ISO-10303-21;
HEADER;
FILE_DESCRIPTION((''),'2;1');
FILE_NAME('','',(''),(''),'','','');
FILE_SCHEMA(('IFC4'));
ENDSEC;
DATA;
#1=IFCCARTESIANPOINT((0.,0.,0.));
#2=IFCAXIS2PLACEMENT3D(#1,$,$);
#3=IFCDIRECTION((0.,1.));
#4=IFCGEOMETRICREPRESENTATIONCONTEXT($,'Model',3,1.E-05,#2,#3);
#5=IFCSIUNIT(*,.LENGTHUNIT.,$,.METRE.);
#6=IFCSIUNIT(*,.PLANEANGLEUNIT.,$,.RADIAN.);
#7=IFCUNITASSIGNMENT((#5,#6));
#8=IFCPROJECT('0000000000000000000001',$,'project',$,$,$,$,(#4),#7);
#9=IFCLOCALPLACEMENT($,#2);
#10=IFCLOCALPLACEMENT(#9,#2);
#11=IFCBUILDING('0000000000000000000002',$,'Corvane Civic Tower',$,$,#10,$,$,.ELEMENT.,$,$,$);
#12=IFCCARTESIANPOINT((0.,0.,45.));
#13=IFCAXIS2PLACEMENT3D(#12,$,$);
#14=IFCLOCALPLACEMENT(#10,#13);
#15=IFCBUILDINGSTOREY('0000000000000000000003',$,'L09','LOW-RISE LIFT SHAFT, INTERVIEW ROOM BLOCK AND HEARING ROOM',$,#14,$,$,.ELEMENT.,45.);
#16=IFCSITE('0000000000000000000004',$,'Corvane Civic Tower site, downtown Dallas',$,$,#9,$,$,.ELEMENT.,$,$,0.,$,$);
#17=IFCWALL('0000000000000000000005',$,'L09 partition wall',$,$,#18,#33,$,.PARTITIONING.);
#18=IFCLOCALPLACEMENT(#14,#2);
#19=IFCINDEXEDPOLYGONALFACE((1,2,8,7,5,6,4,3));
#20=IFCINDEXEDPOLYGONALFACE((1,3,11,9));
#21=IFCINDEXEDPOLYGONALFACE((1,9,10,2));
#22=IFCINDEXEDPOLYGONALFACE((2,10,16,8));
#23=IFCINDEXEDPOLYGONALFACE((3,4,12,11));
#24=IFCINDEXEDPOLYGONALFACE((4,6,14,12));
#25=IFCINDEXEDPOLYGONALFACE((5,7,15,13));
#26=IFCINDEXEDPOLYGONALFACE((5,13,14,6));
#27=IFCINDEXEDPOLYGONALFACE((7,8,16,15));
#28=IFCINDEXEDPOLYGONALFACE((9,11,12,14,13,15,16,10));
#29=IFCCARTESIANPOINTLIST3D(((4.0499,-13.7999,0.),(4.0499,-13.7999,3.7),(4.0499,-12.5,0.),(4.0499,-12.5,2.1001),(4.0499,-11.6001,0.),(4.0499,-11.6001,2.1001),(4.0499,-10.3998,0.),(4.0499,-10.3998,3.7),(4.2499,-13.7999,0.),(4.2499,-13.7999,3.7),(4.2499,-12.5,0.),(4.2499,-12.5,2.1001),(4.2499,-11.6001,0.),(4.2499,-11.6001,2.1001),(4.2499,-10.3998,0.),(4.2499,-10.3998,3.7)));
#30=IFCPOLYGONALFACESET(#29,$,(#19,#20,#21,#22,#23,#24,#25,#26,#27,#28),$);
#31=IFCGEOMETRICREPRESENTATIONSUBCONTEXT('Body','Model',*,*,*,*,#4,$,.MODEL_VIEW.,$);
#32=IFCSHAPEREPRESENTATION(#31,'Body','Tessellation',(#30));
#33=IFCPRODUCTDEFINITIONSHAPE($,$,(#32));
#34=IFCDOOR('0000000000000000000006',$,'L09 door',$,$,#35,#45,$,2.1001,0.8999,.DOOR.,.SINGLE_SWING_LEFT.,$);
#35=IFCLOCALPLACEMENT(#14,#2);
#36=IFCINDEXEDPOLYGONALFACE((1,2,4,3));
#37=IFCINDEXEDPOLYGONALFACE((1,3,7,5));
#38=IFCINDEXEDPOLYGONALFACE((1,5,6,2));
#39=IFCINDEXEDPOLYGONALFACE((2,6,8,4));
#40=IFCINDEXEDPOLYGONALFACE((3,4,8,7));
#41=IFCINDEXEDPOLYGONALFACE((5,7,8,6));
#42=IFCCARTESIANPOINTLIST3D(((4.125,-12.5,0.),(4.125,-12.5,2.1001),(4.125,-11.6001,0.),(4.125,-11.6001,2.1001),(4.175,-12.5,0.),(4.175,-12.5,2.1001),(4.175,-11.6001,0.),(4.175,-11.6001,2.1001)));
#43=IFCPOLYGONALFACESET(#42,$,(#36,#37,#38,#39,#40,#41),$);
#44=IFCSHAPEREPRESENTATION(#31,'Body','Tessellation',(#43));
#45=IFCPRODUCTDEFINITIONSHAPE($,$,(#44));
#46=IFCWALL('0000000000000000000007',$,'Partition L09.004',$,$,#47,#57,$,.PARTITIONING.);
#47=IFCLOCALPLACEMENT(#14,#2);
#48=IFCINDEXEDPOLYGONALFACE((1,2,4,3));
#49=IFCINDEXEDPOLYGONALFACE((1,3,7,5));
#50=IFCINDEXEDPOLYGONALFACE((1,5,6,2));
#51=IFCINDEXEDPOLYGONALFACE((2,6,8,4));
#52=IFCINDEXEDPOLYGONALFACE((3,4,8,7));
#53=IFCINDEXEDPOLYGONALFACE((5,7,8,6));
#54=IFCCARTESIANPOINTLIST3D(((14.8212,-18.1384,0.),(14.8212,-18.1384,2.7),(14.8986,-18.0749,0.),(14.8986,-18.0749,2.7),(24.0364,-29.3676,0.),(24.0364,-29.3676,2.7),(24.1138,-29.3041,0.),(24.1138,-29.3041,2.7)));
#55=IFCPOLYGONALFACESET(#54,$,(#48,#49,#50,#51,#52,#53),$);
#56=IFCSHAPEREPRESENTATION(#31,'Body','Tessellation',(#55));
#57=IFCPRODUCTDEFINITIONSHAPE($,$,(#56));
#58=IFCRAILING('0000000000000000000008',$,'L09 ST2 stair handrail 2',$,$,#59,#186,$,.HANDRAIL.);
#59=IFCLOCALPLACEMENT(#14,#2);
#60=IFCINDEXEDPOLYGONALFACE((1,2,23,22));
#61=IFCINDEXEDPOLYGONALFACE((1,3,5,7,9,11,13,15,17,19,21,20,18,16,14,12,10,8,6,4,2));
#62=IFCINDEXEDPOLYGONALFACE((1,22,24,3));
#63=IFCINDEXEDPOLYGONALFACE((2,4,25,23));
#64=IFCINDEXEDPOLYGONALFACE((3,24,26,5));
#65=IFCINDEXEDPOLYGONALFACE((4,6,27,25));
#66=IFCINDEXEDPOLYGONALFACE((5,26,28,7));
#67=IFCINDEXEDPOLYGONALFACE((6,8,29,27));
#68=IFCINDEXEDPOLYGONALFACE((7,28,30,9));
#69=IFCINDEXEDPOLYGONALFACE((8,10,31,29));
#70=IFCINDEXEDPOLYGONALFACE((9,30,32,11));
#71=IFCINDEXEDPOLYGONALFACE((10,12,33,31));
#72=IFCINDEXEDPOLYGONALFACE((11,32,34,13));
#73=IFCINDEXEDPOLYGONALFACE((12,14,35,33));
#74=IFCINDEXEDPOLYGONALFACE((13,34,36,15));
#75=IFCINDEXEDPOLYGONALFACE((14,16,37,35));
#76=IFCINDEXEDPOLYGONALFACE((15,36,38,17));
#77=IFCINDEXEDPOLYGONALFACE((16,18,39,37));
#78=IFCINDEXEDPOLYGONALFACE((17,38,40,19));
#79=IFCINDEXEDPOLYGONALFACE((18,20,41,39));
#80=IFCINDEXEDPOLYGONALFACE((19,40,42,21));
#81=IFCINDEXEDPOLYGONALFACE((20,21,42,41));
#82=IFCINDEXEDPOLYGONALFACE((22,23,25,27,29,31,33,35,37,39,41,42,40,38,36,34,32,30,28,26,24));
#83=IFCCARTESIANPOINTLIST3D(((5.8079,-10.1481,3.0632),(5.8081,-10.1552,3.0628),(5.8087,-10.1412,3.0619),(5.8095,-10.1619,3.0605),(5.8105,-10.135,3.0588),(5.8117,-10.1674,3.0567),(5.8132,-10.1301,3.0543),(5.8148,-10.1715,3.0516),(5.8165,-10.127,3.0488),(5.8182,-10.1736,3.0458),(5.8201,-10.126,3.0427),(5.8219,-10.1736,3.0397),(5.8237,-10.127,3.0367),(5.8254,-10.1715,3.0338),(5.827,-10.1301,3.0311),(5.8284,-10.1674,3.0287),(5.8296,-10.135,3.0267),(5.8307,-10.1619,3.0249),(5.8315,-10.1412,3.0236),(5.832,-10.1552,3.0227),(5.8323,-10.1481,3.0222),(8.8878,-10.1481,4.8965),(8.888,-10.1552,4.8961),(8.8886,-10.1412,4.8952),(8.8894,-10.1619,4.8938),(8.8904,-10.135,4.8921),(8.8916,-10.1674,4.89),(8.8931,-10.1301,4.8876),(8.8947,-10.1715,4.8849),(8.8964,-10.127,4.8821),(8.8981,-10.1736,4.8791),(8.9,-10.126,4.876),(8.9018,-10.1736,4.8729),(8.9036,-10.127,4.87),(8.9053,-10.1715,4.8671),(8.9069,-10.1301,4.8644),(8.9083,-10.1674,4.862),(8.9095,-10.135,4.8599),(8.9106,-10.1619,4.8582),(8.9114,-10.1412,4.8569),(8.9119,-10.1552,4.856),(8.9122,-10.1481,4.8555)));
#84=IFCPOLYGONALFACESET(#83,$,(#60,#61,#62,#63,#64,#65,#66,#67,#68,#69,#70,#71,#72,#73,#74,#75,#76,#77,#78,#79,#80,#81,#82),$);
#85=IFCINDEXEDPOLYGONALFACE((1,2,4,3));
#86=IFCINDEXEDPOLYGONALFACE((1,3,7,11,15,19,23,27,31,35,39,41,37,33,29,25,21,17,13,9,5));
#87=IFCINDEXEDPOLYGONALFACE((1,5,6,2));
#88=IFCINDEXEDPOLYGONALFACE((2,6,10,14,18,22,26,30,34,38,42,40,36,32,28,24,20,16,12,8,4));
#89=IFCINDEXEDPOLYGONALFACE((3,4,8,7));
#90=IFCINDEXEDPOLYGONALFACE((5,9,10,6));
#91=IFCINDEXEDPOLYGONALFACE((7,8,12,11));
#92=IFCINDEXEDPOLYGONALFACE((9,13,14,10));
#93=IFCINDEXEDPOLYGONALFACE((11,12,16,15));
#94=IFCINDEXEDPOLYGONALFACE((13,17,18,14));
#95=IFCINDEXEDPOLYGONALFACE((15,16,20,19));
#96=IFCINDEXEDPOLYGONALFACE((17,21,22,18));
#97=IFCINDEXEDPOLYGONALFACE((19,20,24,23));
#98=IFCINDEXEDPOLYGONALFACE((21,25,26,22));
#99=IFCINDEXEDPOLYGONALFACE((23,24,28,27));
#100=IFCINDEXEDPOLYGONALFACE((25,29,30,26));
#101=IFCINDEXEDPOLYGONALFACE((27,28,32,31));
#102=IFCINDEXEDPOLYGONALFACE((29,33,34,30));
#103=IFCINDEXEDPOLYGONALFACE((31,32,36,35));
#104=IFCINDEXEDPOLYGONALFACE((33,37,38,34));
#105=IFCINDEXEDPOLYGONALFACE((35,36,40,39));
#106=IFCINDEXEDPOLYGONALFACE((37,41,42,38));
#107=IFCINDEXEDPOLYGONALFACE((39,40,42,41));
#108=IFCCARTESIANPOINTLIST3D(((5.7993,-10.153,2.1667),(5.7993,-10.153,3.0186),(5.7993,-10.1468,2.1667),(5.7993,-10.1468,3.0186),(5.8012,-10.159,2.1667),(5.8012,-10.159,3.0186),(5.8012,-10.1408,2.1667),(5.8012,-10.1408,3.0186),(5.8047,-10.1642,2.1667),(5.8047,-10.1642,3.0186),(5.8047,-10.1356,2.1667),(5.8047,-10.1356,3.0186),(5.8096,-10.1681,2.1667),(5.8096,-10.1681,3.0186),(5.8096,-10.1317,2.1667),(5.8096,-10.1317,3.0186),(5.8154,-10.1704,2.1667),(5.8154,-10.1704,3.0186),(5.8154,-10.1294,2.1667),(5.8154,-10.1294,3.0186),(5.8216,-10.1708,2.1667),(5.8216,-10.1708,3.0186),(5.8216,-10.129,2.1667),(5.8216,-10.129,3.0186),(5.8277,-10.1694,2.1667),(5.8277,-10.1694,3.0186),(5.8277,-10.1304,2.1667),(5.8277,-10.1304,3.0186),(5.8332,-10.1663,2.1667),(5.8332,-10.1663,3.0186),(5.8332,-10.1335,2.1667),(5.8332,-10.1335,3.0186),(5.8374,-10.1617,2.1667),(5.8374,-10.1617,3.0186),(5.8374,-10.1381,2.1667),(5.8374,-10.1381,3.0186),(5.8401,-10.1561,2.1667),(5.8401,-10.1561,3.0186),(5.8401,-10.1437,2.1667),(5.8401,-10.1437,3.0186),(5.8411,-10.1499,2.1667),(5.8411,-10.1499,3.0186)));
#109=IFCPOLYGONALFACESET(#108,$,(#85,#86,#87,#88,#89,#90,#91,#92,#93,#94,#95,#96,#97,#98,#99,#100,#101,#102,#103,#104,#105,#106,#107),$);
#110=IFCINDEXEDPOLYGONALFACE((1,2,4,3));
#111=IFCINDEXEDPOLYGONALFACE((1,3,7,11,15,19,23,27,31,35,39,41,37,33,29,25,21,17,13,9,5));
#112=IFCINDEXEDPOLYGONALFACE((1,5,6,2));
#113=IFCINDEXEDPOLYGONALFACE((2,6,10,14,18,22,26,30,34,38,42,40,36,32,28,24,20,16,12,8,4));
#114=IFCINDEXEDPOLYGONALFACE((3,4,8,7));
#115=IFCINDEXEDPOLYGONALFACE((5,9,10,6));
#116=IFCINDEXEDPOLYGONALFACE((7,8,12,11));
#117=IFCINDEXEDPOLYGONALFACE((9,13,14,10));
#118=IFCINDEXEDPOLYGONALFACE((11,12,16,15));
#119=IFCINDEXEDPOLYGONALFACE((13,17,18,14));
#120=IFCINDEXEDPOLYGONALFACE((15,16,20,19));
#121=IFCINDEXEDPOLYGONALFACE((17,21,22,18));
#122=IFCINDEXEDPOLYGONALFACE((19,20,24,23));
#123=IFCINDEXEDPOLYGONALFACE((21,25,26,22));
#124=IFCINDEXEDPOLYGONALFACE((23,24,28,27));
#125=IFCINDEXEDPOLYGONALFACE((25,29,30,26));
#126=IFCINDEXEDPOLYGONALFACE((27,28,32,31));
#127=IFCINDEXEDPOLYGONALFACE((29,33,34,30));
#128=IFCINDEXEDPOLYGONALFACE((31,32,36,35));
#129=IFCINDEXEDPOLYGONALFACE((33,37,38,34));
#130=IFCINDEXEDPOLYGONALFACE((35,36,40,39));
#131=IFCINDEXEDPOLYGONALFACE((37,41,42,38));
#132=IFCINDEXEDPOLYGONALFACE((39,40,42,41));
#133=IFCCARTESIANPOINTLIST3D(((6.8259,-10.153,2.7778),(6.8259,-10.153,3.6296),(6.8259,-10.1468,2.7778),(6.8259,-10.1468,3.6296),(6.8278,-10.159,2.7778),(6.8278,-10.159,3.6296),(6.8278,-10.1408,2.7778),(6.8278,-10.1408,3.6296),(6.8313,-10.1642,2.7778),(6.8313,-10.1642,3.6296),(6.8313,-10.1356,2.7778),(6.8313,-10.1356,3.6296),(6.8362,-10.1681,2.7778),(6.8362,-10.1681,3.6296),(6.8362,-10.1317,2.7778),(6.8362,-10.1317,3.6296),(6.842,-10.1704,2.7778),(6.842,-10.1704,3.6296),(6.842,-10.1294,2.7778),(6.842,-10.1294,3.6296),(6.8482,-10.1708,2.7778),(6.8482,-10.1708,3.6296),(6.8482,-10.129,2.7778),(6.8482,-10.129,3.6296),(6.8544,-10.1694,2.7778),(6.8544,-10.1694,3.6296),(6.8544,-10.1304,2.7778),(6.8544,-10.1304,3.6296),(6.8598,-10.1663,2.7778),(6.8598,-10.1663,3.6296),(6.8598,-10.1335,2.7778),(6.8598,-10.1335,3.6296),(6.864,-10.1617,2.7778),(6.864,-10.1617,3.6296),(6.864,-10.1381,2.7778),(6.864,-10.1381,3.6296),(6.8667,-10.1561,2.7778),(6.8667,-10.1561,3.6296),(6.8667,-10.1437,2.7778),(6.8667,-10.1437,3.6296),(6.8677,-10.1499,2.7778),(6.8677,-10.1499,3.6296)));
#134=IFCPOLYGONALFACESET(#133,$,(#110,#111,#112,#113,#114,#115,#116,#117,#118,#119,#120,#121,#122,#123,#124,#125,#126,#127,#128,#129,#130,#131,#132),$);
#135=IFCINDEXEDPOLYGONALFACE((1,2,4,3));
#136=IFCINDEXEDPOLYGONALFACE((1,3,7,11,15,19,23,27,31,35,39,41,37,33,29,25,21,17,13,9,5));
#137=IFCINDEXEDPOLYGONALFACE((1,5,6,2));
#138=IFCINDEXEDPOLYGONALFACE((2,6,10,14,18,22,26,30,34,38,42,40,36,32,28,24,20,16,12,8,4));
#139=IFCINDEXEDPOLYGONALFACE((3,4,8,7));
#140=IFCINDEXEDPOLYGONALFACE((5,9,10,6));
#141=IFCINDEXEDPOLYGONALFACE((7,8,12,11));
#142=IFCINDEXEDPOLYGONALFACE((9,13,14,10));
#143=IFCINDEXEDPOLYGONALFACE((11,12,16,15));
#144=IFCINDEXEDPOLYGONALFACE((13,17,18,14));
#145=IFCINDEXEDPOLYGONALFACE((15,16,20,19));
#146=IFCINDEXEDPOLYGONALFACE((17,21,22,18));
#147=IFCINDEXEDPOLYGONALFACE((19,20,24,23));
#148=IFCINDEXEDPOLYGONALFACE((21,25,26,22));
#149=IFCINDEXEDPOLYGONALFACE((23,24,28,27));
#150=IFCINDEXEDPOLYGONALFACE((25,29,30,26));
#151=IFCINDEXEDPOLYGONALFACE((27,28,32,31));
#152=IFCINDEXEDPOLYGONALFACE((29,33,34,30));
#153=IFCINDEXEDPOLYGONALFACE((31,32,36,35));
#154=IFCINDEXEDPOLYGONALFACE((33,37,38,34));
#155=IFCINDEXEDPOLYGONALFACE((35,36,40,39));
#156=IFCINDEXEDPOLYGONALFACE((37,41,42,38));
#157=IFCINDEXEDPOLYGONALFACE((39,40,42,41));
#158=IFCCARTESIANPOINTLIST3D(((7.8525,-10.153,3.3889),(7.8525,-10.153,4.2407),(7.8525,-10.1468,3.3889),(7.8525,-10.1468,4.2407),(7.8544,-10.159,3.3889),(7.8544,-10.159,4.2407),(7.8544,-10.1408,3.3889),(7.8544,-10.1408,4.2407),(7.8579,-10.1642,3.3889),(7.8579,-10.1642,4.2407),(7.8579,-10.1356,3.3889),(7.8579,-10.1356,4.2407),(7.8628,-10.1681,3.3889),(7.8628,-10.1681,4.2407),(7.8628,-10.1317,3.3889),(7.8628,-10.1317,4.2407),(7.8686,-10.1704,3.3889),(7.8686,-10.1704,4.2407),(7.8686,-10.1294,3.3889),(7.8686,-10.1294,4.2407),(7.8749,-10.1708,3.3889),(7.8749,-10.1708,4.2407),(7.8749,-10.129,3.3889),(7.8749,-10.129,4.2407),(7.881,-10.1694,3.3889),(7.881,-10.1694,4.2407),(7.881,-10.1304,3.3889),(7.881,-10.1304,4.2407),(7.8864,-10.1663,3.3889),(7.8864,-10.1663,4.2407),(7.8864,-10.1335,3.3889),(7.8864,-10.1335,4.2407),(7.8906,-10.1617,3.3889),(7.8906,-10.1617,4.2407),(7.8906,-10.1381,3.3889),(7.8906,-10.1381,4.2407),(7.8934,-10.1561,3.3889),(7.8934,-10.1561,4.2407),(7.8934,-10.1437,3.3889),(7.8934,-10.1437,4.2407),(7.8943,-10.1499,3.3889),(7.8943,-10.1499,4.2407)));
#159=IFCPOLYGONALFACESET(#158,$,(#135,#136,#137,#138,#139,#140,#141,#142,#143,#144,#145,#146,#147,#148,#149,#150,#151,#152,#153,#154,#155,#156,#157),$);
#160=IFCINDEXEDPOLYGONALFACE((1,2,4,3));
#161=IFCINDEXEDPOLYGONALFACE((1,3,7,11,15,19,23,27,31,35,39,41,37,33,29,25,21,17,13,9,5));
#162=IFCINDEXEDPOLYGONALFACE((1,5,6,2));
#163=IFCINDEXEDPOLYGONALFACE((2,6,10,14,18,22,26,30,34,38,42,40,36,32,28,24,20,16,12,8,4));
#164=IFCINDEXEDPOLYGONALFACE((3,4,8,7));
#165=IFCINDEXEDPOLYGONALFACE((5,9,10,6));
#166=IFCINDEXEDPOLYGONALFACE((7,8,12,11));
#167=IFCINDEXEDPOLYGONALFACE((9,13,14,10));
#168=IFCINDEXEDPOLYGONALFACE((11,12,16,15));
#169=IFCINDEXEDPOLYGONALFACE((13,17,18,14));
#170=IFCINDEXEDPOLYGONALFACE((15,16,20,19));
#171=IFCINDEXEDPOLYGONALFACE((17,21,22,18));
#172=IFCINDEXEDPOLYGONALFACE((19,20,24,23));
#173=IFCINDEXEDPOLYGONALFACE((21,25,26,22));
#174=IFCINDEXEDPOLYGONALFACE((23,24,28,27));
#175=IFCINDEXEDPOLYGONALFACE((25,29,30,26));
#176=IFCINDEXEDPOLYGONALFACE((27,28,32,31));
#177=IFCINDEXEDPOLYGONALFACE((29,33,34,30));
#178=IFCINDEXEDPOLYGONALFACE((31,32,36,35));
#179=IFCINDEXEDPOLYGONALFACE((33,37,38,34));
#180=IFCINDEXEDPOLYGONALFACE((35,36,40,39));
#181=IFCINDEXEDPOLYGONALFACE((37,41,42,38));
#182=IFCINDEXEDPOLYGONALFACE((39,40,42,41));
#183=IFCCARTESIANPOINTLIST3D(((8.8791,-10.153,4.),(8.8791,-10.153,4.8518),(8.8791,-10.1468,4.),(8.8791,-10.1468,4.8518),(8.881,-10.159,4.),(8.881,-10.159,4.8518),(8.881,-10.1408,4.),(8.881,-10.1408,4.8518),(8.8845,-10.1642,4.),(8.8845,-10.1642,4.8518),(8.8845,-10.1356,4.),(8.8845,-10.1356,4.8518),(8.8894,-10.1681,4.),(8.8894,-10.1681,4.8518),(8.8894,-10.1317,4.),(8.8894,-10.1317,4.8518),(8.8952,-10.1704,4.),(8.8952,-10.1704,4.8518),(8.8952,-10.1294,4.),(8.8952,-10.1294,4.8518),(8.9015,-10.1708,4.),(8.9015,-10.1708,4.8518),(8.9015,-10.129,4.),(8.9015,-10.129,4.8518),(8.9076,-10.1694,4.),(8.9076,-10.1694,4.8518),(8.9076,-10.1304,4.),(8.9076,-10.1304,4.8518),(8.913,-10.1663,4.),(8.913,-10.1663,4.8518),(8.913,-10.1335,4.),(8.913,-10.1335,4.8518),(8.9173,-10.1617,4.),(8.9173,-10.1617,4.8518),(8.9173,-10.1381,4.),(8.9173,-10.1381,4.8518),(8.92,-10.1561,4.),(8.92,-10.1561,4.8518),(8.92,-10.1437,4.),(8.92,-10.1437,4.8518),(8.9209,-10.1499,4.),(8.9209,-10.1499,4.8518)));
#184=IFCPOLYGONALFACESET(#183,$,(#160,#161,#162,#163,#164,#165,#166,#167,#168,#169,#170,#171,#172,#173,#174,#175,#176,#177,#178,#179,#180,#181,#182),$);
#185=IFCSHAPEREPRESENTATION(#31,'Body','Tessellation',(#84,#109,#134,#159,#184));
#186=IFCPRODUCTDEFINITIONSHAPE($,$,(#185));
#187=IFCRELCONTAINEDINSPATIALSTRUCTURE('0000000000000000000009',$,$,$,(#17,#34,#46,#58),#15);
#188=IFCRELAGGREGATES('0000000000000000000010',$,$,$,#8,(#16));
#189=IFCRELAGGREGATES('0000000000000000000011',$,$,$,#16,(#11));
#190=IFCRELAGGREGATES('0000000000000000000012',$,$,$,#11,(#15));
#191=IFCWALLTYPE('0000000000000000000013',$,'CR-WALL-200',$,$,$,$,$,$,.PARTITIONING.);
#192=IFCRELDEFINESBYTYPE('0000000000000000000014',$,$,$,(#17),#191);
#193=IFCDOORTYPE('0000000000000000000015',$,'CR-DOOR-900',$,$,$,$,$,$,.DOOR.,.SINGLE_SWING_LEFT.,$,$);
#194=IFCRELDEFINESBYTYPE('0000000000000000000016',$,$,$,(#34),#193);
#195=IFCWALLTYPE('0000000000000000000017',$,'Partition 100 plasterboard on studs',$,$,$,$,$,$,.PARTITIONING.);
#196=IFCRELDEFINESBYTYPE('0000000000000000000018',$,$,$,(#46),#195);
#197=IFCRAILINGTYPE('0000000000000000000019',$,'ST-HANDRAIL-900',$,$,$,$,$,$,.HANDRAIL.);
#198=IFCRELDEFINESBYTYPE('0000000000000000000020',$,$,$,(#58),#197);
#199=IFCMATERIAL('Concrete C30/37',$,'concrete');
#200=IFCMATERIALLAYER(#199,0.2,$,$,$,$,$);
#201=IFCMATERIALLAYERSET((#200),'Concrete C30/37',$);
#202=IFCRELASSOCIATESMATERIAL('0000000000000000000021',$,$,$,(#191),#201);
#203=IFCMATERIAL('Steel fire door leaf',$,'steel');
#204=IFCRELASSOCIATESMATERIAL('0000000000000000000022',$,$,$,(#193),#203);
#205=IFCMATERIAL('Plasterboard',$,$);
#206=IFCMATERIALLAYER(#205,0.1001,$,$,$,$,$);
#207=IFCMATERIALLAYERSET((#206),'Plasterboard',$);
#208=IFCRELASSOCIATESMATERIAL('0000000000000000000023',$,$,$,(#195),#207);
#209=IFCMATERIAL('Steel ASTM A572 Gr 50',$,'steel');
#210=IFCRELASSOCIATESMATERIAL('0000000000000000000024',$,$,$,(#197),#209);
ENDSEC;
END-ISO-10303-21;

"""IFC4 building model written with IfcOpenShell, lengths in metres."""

from ifc_helpers import new_model, si_unit, direction, frame, frame_2d, origin, origin_2d, place, context, subcontext, project, spatial, rectangle, circle, extrude, material, layer, layer_set, type_object, element, fill, save


model = new_model("IFC4")

# Units and contexts
model_context = context("Model", 3, precision=1e-05, world=origin(), true_north=direction((0.0, 1.0)))
body_context = subcontext(model_context, "Body", "Model", "MODEL_VIEW")
ifc_project = project(units=[si_unit("LENGTHUNIT", "METRE"), si_unit("PLANEANGLEUNIT", "RADIAN")], contexts=[model_context])

# Site, building, storey
site_placement = place(None, origin())
site = spatial("IfcSite", under=ifc_project, at=site_placement, Name="Corvane Civic Tower site, downtown Dallas", CompositionType="ELEMENT", RefElevation=0.0)
building_placement = place(site_placement, origin())
building = spatial("IfcBuilding", under=site, at=building_placement, Name="Corvane Civic Tower", CompositionType="ELEMENT")
storey_placement = place(building_placement, frame((0.0, 0.0, 45.0)))
storey = spatial("IfcBuildingStorey", under=building, at=storey_placement, Name="L09", Description="LOW-RISE LIFT SHAFT, INTERVIEW ROOM BLOCK AND HEARING ROOM", CompositionType="ELEMENT", Elevation=45.0)

# Wall, opening, door
ifc_material_1 = material(Name="Concrete C30/37", Category="concrete")
ifc_layer_1 = layer(ifc_material_1, 0.2)
ifc_layer_set_1 = layer_set([ifc_layer_1], Name="Concrete C30/37")
wall_type_1 = type_object("IfcWallType", Name="CR-WALL-200", PredefinedType="PARTITIONING", material=ifc_layer_set_1)
wall_1_placement = place(storey_placement, frame((4.1499, -13.8, 0.0), z_axis=(0.0, 0.0, 1.0), x_axis=(0.0, 1.0, 0.0)))
wall_1 = element("IfcWall", 1, at=wall_1_placement, inside=storey, type_object=wall_type_1, Name="L09 partition wall", PredefinedType="PARTITIONING", context=body_context, shape_type="SweptSolid", body=[
    extrude(rectangle(XDim=3.4001, YDim=0.2, at=frame_2d((1.7002, 0.0))), origin(), (0.0, 0.0, 1.0), 3.7),
])
opening_1_placement = place(wall_1_placement, frame((1.3, 0.0, 0.0)))
opening_1 = element("IfcOpeningElement", 2, at=opening_1_placement, cuts=wall_1, PredefinedType="OPENING", context=body_context, shape_type="SweptSolid", body=[
    extrude(rectangle(XDim=0.8999, YDim=2.1001, at=frame_2d((0.45, 1.05))), frame((0.0, 0.1099, 0.0), z_axis=(0.0, -1.0, 0.0), x_axis=(1.0, 0.0, 0.0)), (0.0, 0.0, 1.0), 0.22),
])
ifc_material_2 = material(Name="Steel fire door leaf", Category="steel")
door_type_1 = type_object("IfcDoorType", Name="CR-DOOR-900", OperationType="SINGLE_SWING_LEFT", PredefinedType="DOOR", material=ifc_material_2)
door_1_placement = place(opening_1_placement, origin())
door_1 = element("IfcDoor", 3, at=door_1_placement, inside=storey, type_object=door_type_1, Name="L09 door", OperationType="SINGLE_SWING_LEFT", OverallHeight=2.1001, OverallWidth=0.8999, PredefinedType="DOOR", context=body_context, shape_type="SweptSolid", body=[
    extrude(rectangle(XDim=0.8999, YDim=2.1001, at=frame_2d((0.45, 1.05))), frame((0.0, 0.0249, 0.0), z_axis=(0.0, -1.0, 0.0), x_axis=(1.0, 0.0, 0.0)), (0.0, 0.0, 1.0), 0.05),
])
fill(opening_1, door_1)

# Wall
ifc_material_3 = material(Name="Plasterboard")
ifc_layer_2 = layer(ifc_material_3, 0.1001)
ifc_layer_set_2 = layer_set([ifc_layer_2], Name="Plasterboard")
wall_type_2 = type_object("IfcWallType", Name="Partition 100 plasterboard on studs", PredefinedType="PARTITIONING", material=ifc_layer_set_2)
wall_2_placement = place(storey_placement, frame((14.8599, -18.1067, 0.0), z_axis=(0.0, 0.0, 1.0), x_axis=(0.634382, -0.77302, 0.0)))
element("IfcWall", 4, at=wall_2_placement, inside=storey, type_object=wall_type_2, Name="Partition L09.004", PredefinedType="PARTITIONING", context=body_context, shape_type="SweptSolid", body=[
    extrude(rectangle(XDim=14.5264, YDim=0.1001, at=frame_2d((7.2632, 0.0))), origin(), (0.0, 0.0, 1.0), 2.7),
])

# Railing
ifc_material_4 = material(Name="Steel ASTM A572 Gr 50", Category="steel")
railing_type = type_object("IfcRailingType", Name="ST-HANDRAIL-900", PredefinedType="HANDRAIL", material=ifc_material_4)
railing_placement = place(storey_placement, frame((5.8201, -10.1499, 2.1667)))
element("IfcRailing", 5, at=railing_placement, inside=storey, type_object=railing_type, Name="L09 ST2 stair handrail 2", PredefinedType="HANDRAIL", context=body_context, shape_type="SweptSolid", body=[
    extrude(circle(Radius=0.0239, at=origin_2d()), frame((0.0, 0.0, 0.876), z_axis=(0.859291, 0.0, 0.511487), x_axis=(0.0, 1.0, 0.0)), (0.0, 0.0, 1.0), 3.5842),
    extrude(circle(Radius=0.021, at=origin_2d()), origin(), (0.0, 0.0, 1.0), 0.8518),
    extrude(circle(Radius=0.021, at=origin_2d()), frame((1.0266, 0.0, 0.6111)), (0.0, 0.0, 1.0), 0.8518),
    extrude(circle(Radius=0.021, at=origin_2d()), frame((2.0532, 0.0, 1.2222)), (0.0, 0.0, 1.0), 0.8518),
    extrude(circle(Radius=0.021, at=origin_2d()), frame((3.0798, 0.0, 1.8333)), (0.0, 0.0, 1.0), 0.8518),
])

save(model, "model.ifc")
